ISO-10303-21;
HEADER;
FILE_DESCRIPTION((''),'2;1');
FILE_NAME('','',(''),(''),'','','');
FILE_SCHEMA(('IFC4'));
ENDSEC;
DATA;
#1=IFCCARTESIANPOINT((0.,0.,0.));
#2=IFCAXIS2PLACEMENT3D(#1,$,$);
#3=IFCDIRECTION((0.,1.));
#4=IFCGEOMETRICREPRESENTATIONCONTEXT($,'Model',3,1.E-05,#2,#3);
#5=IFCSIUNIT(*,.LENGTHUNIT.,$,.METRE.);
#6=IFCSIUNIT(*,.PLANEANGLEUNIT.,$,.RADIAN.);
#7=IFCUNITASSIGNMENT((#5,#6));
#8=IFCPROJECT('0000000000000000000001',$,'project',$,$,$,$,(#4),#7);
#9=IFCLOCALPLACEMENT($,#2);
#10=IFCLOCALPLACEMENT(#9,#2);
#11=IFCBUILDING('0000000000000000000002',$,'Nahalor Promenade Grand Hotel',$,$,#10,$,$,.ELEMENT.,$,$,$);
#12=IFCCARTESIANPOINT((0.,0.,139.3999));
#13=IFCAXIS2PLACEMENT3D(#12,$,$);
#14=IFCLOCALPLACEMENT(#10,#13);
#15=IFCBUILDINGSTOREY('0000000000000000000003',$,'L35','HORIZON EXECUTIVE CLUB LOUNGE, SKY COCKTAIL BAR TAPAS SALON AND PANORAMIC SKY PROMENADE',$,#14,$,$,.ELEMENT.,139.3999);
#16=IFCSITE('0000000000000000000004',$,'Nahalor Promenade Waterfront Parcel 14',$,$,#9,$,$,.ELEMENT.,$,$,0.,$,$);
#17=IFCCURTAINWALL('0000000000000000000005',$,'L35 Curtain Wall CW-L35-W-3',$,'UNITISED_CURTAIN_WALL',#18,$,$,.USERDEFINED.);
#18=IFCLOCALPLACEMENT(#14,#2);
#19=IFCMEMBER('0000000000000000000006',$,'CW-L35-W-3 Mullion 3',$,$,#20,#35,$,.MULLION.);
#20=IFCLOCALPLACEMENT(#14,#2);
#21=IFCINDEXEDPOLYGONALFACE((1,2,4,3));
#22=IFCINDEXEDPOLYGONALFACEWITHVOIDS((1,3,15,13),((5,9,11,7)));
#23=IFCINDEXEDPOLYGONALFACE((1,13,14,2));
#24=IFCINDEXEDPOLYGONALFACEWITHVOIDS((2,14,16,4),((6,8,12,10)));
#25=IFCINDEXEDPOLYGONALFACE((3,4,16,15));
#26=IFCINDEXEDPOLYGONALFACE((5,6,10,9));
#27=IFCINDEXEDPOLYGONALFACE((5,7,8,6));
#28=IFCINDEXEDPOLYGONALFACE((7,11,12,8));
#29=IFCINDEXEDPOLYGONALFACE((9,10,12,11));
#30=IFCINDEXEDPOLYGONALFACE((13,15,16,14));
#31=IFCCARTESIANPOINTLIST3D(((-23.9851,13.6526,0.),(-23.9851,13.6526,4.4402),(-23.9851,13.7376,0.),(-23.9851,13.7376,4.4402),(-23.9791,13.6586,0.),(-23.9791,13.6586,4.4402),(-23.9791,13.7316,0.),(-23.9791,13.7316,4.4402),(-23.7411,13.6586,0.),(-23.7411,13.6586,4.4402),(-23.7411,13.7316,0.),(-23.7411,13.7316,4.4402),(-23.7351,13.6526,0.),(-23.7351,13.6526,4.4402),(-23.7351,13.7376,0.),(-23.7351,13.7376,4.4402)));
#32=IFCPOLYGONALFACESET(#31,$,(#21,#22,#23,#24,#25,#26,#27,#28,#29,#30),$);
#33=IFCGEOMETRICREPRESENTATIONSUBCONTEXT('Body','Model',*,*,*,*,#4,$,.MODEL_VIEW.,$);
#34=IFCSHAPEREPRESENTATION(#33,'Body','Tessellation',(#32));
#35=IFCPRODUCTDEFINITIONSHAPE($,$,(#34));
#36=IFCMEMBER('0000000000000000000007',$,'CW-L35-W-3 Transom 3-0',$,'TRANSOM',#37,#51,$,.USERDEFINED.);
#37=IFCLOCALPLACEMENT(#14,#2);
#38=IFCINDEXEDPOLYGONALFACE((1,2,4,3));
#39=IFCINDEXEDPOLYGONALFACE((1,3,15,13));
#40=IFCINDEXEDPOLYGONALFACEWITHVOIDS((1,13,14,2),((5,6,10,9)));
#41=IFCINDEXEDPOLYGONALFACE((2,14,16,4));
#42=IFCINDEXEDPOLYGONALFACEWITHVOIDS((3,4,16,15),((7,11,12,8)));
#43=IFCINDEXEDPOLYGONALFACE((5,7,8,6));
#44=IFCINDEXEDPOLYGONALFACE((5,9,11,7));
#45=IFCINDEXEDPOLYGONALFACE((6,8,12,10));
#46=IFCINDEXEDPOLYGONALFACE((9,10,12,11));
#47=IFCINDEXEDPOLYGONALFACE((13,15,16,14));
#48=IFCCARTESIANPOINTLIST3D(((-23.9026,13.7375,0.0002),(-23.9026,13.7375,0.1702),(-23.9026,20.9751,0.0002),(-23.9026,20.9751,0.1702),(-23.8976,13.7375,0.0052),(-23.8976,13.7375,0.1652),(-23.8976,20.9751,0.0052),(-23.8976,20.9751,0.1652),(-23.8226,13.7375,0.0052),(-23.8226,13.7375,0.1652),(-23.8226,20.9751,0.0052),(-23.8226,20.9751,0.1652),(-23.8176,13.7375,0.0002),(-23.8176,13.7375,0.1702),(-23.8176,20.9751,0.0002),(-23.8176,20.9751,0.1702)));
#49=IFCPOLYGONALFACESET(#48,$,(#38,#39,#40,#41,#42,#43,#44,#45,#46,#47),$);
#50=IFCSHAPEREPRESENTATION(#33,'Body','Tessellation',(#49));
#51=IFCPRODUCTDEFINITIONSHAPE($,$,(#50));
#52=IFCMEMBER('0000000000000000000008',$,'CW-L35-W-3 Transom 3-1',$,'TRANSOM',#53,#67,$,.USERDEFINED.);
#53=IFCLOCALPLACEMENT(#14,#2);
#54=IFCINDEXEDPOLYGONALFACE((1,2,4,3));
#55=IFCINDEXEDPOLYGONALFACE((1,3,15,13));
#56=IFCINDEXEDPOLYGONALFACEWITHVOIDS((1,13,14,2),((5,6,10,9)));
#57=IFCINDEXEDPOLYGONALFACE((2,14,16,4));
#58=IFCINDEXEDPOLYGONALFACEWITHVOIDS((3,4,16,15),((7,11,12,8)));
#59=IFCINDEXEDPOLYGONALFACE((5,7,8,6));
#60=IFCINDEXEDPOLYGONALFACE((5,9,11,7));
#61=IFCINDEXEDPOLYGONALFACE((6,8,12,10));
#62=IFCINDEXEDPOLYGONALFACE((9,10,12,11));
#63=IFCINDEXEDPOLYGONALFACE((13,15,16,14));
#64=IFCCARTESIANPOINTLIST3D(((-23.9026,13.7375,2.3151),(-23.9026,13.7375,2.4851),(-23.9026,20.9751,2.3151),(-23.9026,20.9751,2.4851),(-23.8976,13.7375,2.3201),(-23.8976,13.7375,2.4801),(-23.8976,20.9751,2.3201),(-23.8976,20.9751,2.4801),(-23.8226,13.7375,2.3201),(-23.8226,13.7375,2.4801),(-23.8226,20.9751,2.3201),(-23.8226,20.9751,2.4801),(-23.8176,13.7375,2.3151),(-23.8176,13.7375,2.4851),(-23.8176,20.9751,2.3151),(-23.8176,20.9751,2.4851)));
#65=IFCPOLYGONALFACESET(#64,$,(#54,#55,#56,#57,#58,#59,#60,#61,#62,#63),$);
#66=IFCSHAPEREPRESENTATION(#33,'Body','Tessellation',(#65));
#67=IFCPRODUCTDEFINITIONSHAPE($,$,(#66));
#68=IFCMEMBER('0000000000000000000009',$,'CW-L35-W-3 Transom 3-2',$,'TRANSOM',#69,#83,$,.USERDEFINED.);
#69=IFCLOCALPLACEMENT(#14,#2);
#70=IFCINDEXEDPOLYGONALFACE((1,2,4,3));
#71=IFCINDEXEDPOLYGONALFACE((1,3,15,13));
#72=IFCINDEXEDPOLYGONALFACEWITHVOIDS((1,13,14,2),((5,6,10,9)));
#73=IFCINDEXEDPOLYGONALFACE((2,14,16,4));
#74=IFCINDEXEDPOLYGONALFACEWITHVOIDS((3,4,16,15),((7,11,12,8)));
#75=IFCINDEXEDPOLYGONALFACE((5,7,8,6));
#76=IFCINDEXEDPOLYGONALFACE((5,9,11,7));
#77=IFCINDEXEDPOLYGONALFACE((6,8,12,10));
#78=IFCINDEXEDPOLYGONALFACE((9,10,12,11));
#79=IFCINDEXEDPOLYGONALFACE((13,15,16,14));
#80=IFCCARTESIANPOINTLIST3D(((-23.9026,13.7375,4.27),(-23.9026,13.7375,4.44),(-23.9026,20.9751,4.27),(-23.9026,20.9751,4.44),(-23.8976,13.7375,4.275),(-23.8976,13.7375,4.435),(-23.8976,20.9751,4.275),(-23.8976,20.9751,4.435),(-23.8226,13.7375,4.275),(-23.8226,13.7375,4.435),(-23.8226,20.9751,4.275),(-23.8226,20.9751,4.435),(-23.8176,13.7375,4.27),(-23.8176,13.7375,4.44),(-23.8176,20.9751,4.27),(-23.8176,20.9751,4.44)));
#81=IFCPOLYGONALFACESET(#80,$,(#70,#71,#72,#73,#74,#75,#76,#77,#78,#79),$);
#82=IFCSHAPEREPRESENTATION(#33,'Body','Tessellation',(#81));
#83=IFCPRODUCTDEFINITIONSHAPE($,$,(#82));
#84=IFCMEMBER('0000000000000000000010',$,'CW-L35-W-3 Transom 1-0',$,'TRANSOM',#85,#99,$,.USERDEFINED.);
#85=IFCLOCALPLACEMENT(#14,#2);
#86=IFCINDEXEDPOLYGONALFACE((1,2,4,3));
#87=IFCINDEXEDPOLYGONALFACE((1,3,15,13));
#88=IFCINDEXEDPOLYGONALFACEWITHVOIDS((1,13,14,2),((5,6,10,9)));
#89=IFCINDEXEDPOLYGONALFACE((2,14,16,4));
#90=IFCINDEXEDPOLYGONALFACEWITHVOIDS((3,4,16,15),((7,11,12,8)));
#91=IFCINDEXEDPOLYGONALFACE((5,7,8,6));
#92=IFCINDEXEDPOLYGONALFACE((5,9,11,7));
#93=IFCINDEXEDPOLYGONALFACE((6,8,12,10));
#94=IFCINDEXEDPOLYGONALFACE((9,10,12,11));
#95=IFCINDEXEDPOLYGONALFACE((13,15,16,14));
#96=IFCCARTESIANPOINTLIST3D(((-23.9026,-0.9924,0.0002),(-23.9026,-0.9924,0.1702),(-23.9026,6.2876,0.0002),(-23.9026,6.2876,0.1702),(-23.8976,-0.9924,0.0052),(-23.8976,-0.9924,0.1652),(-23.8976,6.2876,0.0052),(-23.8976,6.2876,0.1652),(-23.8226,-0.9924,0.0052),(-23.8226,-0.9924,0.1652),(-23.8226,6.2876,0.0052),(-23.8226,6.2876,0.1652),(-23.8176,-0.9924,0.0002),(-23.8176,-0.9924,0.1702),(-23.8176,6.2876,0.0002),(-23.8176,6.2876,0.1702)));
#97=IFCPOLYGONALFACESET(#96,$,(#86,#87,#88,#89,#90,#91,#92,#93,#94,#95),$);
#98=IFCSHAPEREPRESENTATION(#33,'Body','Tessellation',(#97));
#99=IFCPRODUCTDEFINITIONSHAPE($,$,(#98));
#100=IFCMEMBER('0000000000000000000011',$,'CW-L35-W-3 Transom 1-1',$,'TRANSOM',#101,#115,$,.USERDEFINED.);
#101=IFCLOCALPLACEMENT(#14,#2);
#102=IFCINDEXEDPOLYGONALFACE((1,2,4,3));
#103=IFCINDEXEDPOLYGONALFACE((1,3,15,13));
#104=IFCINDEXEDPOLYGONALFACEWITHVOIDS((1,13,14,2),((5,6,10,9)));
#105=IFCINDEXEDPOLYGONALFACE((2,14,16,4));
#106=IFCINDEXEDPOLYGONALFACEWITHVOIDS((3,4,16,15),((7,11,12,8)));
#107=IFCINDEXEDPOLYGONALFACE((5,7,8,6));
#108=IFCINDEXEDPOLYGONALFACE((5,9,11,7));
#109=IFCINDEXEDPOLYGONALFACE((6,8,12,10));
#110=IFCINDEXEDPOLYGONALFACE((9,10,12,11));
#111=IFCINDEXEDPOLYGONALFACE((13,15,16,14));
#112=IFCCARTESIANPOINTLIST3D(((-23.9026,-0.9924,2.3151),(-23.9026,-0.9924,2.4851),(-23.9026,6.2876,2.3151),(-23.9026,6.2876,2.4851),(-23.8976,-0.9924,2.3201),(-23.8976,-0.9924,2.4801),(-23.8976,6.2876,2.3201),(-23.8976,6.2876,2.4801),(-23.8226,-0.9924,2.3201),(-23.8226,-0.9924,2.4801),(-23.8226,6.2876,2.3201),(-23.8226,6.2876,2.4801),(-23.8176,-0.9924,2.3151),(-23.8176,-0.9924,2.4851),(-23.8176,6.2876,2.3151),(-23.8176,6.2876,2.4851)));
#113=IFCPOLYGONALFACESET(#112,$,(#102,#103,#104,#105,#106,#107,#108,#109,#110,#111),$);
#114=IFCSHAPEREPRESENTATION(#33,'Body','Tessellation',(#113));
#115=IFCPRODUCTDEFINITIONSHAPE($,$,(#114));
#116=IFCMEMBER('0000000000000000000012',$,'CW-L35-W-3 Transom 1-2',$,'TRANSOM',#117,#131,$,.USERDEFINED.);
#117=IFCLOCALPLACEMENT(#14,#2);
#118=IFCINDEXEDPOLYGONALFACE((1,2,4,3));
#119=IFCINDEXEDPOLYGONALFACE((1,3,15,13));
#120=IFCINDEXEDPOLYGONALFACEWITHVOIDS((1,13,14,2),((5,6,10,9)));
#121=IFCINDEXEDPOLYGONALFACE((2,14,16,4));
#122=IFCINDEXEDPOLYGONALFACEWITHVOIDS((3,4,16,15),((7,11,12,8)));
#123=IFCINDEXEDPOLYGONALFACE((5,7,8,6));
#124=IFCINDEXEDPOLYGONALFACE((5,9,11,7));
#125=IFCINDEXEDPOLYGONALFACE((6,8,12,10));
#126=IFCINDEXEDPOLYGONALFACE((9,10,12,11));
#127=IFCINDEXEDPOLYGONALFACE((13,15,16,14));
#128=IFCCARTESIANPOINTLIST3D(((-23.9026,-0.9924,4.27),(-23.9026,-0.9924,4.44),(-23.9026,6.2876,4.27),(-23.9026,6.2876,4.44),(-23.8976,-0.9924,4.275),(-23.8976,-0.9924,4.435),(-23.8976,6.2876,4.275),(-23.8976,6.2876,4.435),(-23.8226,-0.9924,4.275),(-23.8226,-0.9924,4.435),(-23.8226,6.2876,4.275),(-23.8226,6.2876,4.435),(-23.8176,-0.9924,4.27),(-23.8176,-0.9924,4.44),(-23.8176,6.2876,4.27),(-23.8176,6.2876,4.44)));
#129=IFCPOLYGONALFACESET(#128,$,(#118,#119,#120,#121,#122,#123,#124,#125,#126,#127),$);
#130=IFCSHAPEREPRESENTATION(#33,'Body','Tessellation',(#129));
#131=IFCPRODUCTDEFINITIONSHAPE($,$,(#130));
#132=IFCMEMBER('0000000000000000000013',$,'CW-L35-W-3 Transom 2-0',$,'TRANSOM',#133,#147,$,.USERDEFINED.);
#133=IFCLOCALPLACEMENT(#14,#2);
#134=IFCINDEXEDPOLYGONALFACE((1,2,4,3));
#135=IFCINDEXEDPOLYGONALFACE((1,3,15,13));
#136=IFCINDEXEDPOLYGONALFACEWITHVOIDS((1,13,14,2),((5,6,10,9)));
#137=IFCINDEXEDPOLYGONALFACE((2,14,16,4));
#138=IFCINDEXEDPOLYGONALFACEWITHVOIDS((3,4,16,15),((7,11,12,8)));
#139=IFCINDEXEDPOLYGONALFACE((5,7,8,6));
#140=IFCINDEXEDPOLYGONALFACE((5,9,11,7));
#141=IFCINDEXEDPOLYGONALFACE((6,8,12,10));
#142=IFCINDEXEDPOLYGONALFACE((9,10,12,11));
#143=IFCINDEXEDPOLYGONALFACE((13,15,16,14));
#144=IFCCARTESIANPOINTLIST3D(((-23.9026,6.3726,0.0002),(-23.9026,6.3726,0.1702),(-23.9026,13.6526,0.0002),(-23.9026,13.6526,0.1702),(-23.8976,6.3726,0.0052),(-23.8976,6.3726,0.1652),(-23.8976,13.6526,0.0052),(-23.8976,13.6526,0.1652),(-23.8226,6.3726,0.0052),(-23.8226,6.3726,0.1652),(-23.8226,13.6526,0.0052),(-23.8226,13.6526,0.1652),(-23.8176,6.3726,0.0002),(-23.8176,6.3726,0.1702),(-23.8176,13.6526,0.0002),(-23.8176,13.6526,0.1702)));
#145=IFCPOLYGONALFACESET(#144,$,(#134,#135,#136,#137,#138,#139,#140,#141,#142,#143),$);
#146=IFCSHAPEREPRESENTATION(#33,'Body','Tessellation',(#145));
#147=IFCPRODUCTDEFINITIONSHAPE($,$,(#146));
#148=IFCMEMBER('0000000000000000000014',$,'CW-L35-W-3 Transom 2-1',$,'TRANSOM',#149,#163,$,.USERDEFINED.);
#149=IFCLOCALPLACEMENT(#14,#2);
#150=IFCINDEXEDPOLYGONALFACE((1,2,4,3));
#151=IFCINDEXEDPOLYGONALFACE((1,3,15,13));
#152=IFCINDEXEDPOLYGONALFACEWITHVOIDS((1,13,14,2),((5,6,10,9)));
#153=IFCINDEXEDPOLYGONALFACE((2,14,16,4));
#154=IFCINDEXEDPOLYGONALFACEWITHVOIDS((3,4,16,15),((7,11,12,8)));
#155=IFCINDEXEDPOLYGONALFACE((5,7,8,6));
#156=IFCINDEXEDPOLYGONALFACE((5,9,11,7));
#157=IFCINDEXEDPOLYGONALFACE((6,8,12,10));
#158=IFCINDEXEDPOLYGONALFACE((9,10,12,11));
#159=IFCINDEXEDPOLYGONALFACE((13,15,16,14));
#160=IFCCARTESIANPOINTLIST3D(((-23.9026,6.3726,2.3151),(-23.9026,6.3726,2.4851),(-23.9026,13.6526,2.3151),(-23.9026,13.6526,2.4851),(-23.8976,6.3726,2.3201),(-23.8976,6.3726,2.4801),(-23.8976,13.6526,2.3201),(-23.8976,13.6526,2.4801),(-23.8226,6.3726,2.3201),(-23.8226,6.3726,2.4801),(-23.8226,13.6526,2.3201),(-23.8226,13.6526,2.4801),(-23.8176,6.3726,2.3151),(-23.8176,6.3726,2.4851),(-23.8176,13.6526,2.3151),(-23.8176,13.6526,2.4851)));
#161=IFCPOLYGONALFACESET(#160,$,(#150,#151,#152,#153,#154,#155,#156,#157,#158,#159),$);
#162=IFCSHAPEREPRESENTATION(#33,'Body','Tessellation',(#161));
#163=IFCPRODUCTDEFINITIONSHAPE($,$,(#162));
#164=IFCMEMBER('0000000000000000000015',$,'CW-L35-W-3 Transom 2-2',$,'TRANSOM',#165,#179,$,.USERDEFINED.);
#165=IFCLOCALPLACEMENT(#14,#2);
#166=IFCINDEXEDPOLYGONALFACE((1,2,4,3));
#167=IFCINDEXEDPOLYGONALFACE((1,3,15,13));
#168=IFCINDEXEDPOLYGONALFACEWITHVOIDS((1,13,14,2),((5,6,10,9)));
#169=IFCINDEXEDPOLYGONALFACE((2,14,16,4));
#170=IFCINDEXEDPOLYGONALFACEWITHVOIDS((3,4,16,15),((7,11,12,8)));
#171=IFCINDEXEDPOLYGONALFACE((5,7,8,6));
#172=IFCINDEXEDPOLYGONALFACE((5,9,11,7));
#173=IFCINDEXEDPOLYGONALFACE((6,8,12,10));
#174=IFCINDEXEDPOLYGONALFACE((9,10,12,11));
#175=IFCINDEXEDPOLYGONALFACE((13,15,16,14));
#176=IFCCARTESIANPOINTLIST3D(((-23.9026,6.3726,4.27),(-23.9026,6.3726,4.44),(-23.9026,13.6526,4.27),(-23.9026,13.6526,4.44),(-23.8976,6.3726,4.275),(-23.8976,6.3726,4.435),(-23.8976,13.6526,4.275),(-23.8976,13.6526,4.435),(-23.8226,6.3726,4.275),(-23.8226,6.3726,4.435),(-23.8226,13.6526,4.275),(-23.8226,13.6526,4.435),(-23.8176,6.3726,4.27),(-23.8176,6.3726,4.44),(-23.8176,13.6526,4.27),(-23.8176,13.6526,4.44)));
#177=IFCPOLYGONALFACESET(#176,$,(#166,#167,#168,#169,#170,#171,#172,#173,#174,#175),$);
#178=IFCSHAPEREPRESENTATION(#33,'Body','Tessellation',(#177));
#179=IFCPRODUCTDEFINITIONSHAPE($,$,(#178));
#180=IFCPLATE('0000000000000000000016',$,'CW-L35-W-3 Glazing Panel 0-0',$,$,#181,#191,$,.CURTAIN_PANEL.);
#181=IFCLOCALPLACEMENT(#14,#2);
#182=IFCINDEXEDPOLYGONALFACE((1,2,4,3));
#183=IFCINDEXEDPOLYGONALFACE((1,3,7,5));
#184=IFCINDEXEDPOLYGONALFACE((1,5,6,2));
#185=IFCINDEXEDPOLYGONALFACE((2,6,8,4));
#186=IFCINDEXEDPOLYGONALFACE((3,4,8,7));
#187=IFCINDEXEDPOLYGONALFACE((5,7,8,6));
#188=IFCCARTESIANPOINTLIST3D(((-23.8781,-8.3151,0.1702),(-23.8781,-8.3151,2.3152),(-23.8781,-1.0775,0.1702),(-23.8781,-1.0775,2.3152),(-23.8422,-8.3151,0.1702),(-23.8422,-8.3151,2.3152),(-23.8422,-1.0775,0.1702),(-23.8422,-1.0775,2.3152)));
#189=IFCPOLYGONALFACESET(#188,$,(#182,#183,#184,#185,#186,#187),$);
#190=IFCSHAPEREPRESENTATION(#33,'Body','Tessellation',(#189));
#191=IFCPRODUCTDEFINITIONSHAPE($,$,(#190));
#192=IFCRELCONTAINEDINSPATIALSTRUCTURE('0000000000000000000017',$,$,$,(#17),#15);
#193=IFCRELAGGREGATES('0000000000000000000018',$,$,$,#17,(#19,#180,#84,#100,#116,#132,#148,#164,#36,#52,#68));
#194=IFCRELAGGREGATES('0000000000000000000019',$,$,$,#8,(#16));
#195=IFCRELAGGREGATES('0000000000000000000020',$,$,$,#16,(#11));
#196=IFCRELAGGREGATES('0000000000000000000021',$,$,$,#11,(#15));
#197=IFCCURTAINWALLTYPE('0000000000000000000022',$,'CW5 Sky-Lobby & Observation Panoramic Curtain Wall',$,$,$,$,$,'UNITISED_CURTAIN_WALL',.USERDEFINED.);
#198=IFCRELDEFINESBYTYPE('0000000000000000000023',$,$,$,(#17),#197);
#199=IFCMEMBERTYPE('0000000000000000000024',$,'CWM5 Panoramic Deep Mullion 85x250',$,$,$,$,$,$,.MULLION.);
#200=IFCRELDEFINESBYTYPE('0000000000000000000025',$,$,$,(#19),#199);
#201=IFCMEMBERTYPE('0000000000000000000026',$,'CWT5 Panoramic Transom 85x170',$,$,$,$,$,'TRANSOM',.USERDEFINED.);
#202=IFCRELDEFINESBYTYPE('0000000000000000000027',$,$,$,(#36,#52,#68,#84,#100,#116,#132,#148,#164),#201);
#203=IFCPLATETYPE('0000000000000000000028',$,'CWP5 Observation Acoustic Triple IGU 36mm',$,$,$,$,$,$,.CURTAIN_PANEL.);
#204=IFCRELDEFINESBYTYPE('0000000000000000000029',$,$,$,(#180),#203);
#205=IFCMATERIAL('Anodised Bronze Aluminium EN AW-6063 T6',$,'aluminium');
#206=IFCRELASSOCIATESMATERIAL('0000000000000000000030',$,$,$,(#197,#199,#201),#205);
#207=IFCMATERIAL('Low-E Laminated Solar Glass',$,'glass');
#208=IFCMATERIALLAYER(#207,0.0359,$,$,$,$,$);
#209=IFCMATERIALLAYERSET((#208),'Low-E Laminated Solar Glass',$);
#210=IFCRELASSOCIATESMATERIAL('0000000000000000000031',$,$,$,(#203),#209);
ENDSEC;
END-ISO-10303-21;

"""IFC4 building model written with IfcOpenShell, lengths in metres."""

from ifc_helpers import new_model, si_unit, direction, frame, origin, origin_2d, place, context, subcontext, project, spatial, rectangle, hollow_rectangle, extrude, source, transform, mapped, material, layer, layer_set, material_profile, profile_set, type_object, element, aggregate, save


model = new_model("IFC4")

# Units and contexts
model_context = context("Model", 3, precision=1e-05, world=origin(), true_north=direction((0.0, 1.0)))
body_context = subcontext(model_context, "Body", "Model", "MODEL_VIEW")
ifc_project = project(units=[si_unit("LENGTHUNIT", "METRE"), si_unit("PLANEANGLEUNIT", "RADIAN")], contexts=[model_context])

# Site, building, storey
site_placement = place(None, origin())
site = spatial("IfcSite", under=ifc_project, at=site_placement, Name="Nahalor Promenade Waterfront Parcel 14", CompositionType="ELEMENT", RefElevation=0.0)
building_placement = place(site_placement, origin())
building = spatial("IfcBuilding", under=site, at=building_placement, Name="Nahalor Promenade Grand Hotel", CompositionType="ELEMENT")
storey_placement = place(building_placement, frame((0.0, 0.0, 139.3999)))
storey = spatial("IfcBuildingStorey", under=building, at=storey_placement, Name="L35", Description="HORIZON EXECUTIVE CLUB LOUNGE, SKY COCKTAIL BAR TAPAS SALON AND PANORAMIC SKY PROMENADE", CompositionType="ELEMENT", Elevation=139.3999)

# Curtain wall, members, plate
ifc_material_1 = material(Name="Anodised Bronze Aluminium EN AW-6063 T6", Category="aluminium")
curtain_wall_type = type_object("IfcCurtainWallType", Name="CW5 Sky-Lobby & Observation Panoramic Curtain Wall", ElementType="UNITISED_CURTAIN_WALL", PredefinedType="USERDEFINED", material=ifc_material_1)
curtain_wall_placement = place(storey_placement, origin())
curtain_wall = element("IfcCurtainWall", 1, at=curtain_wall_placement, inside=storey, type_object=curtain_wall_type, Name="L35 Curtain Wall CW-L35-W-3", ObjectType="UNITISED_CURTAIN_WALL", PredefinedType="USERDEFINED")
ifc_material_profile_1 = material_profile(ifc_material_1, hollow_rectangle(XDim=0.085, YDim=0.25, WallThickness=0.006, at=origin_2d()), Name="CWM 85x250x6")
ifc_profile_set_1 = profile_set([ifc_material_profile_1], Name="Anodised Bronze Aluminium EN AW-6063 T6")
member_type_1 = type_object("IfcMemberType", Name="CWM5 Panoramic Deep Mullion 85x250", PredefinedType="MULLION", material=ifc_profile_set_1)
shared_shape_1 = source(origin(), body_context, "Body", "SweptSolid", [
    extrude(hollow_rectangle(XDim=0.085, YDim=0.25, WallThickness=0.006, at=origin_2d()), origin(), (0.0, 0.0, 1.0), 4.4402),
])
member_1_placement = place(storey_placement, frame((-23.8601, 13.6951, 0.0), z_axis=(0.0, 0.0, 1.0), x_axis=(0.0, 1.0, 0.0)))
member_1 = element("IfcMember", 2, at=member_1_placement, type_object=member_type_1, Name="CW-L35-W-3 Mullion 3", PredefinedType="MULLION", context=body_context, shape_type="MappedRepresentation", body=[
    mapped(shared_shape_1, transform((0.0, 0.0, 0.0), scale=1.0)),
])
ifc_material_profile_2 = material_profile(ifc_material_1, hollow_rectangle(XDim=0.085, YDim=0.17, WallThickness=0.005, at=origin_2d()), Name="CWT 85x170x5")
ifc_profile_set_2 = profile_set([ifc_material_profile_2], Name="Anodised Bronze Aluminium EN AW-6063 T6")
member_type_2 = type_object("IfcMemberType", Name="CWT5 Panoramic Transom 85x170", ElementType="TRANSOM", PredefinedType="USERDEFINED", material=ifc_profile_set_2)
shared_shape_2 = source(origin(), body_context, "Body", "SweptSolid", [
    extrude(hollow_rectangle(XDim=0.085, YDim=0.17, WallThickness=0.005, at=origin_2d()), origin(), (0.0, 0.0, 1.0), 7.2375),
])
member_2_placement = place(storey_placement, frame((-23.8601, 13.7375, 0.0852), z_axis=(0.0, 1.0, 0.0), x_axis=(-1.0, 0.0, 0.0)))
member_2 = element("IfcMember", 3, at=member_2_placement, type_object=member_type_2, Name="CW-L35-W-3 Transom 3-0", ObjectType="TRANSOM", PredefinedType="USERDEFINED", context=body_context, shape_type="MappedRepresentation", body=[
    mapped(shared_shape_2, transform((0.0, 0.0, 0.0), scale=1.0)),
])
member_3_placement = place(storey_placement, frame((-23.8601, 13.7375, 2.4001), z_axis=(0.0, 1.0, 0.0), x_axis=(-1.0, 0.0, 0.0)))
member_3 = element("IfcMember", 4, at=member_3_placement, type_object=member_type_2, Name="CW-L35-W-3 Transom 3-1", ObjectType="TRANSOM", PredefinedType="USERDEFINED", context=body_context, shape_type="MappedRepresentation", body=[
    mapped(shared_shape_2, transform((0.0, 0.0, 0.0), scale=1.0)),
])
member_4_placement = place(storey_placement, frame((-23.8601, 13.7375, 4.355), z_axis=(0.0, 1.0, 0.0), x_axis=(-1.0, 0.0, 0.0)))
member_4 = element("IfcMember", 5, at=member_4_placement, type_object=member_type_2, Name="CW-L35-W-3 Transom 3-2", ObjectType="TRANSOM", PredefinedType="USERDEFINED", context=body_context, shape_type="MappedRepresentation", body=[
    mapped(shared_shape_2, transform((0.0, 0.0, 0.0), scale=1.0)),
])
shared_shape_3 = source(origin(), body_context, "Body", "SweptSolid", [
    extrude(hollow_rectangle(XDim=0.085, YDim=0.17, WallThickness=0.005, at=origin_2d()), origin(), (0.0, 0.0, 1.0), 7.28),
])
member_5_placement = place(storey_placement, frame((-23.8601, -0.9924, 0.0852), z_axis=(0.0, 1.0, 0.0), x_axis=(-1.0, 0.0, 0.0)))
member_5 = element("IfcMember", 6, at=member_5_placement, type_object=member_type_2, Name="CW-L35-W-3 Transom 1-0", ObjectType="TRANSOM", PredefinedType="USERDEFINED", context=body_context, shape_type="MappedRepresentation", body=[
    mapped(shared_shape_3, transform((0.0, 0.0, 0.0), scale=1.0)),
])
member_6_placement = place(storey_placement, frame((-23.8601, -0.9924, 2.4001), z_axis=(0.0, 1.0, 0.0), x_axis=(-1.0, 0.0, 0.0)))
member_6 = element("IfcMember", 7, at=member_6_placement, type_object=member_type_2, Name="CW-L35-W-3 Transom 1-1", ObjectType="TRANSOM", PredefinedType="USERDEFINED", context=body_context, shape_type="MappedRepresentation", body=[
    mapped(shared_shape_3, transform((0.0, 0.0, 0.0), scale=1.0)),
])
member_7_placement = place(storey_placement, frame((-23.8601, -0.9924, 4.355), z_axis=(0.0, 1.0, 0.0), x_axis=(-1.0, 0.0, 0.0)))
member_7 = element("IfcMember", 8, at=member_7_placement, type_object=member_type_2, Name="CW-L35-W-3 Transom 1-2", ObjectType="TRANSOM", PredefinedType="USERDEFINED", context=body_context, shape_type="MappedRepresentation", body=[
    mapped(shared_shape_3, transform((0.0, 0.0, 0.0), scale=1.0)),
])
member_8_placement = place(storey_placement, frame((-23.8601, 6.3726, 0.0852), z_axis=(0.0, 1.0, 0.0), x_axis=(-1.0, 0.0, 0.0)))
member_8 = element("IfcMember", 9, at=member_8_placement, type_object=member_type_2, Name="CW-L35-W-3 Transom 2-0", ObjectType="TRANSOM", PredefinedType="USERDEFINED", context=body_context, shape_type="MappedRepresentation", body=[
    mapped(shared_shape_3, transform((0.0, 0.0, 0.0), scale=1.0)),
])
member_9_placement = place(storey_placement, frame((-23.8601, 6.3726, 2.4001), z_axis=(0.0, 1.0, 0.0), x_axis=(-1.0, 0.0, 0.0)))
member_9 = element("IfcMember", 10, at=member_9_placement, type_object=member_type_2, Name="CW-L35-W-3 Transom 2-1", ObjectType="TRANSOM", PredefinedType="USERDEFINED", context=body_context, shape_type="MappedRepresentation", body=[
    mapped(shared_shape_3, transform((0.0, 0.0, 0.0), scale=1.0)),
])
member_10_placement = place(storey_placement, frame((-23.8601, 6.3726, 4.355), z_axis=(0.0, 1.0, 0.0), x_axis=(-1.0, 0.0, 0.0)))
member_10 = element("IfcMember", 11, at=member_10_placement, type_object=member_type_2, Name="CW-L35-W-3 Transom 2-2", ObjectType="TRANSOM", PredefinedType="USERDEFINED", context=body_context, shape_type="MappedRepresentation", body=[
    mapped(shared_shape_3, transform((0.0, 0.0, 0.0), scale=1.0)),
])
ifc_material_2 = material(Name="Low-E Laminated Solar Glass", Category="glass")
ifc_layer_1 = layer(ifc_material_2, 0.0359)
ifc_layer_set_1 = layer_set([ifc_layer_1], Name="Low-E Laminated Solar Glass")
plate_type = type_object("IfcPlateType", Name="CWP5 Observation Acoustic Triple IGU 36mm", PredefinedType="CURTAIN_PANEL", material=ifc_layer_set_1)
shared_shape_4 = source(origin(), body_context, "Body", "SweptSolid", [
    extrude(rectangle(XDim=7.2375, YDim=0.0359, at=origin_2d()), origin(), (0.0, 0.0, 1.0), 2.145),
])
plate_1_placement = place(storey_placement, frame((-23.8601, -4.6963, 0.1702), z_axis=(0.0, 0.0, 1.0), x_axis=(0.0, 1.0, 0.0)))
plate_1 = element("IfcPlate", 12, at=plate_1_placement, type_object=plate_type, Name="CW-L35-W-3 Glazing Panel 0-0", PredefinedType="CURTAIN_PANEL", context=body_context, shape_type="MappedRepresentation", body=[
    mapped(shared_shape_4, transform((0.0, 0.0, 0.0), scale=1.0)),
])
aggregate(curtain_wall, [member_1, plate_1, member_5, member_6, member_7, member_8, member_9, member_10, member_2, member_3, member_4])

save(model, "model.ifc")
